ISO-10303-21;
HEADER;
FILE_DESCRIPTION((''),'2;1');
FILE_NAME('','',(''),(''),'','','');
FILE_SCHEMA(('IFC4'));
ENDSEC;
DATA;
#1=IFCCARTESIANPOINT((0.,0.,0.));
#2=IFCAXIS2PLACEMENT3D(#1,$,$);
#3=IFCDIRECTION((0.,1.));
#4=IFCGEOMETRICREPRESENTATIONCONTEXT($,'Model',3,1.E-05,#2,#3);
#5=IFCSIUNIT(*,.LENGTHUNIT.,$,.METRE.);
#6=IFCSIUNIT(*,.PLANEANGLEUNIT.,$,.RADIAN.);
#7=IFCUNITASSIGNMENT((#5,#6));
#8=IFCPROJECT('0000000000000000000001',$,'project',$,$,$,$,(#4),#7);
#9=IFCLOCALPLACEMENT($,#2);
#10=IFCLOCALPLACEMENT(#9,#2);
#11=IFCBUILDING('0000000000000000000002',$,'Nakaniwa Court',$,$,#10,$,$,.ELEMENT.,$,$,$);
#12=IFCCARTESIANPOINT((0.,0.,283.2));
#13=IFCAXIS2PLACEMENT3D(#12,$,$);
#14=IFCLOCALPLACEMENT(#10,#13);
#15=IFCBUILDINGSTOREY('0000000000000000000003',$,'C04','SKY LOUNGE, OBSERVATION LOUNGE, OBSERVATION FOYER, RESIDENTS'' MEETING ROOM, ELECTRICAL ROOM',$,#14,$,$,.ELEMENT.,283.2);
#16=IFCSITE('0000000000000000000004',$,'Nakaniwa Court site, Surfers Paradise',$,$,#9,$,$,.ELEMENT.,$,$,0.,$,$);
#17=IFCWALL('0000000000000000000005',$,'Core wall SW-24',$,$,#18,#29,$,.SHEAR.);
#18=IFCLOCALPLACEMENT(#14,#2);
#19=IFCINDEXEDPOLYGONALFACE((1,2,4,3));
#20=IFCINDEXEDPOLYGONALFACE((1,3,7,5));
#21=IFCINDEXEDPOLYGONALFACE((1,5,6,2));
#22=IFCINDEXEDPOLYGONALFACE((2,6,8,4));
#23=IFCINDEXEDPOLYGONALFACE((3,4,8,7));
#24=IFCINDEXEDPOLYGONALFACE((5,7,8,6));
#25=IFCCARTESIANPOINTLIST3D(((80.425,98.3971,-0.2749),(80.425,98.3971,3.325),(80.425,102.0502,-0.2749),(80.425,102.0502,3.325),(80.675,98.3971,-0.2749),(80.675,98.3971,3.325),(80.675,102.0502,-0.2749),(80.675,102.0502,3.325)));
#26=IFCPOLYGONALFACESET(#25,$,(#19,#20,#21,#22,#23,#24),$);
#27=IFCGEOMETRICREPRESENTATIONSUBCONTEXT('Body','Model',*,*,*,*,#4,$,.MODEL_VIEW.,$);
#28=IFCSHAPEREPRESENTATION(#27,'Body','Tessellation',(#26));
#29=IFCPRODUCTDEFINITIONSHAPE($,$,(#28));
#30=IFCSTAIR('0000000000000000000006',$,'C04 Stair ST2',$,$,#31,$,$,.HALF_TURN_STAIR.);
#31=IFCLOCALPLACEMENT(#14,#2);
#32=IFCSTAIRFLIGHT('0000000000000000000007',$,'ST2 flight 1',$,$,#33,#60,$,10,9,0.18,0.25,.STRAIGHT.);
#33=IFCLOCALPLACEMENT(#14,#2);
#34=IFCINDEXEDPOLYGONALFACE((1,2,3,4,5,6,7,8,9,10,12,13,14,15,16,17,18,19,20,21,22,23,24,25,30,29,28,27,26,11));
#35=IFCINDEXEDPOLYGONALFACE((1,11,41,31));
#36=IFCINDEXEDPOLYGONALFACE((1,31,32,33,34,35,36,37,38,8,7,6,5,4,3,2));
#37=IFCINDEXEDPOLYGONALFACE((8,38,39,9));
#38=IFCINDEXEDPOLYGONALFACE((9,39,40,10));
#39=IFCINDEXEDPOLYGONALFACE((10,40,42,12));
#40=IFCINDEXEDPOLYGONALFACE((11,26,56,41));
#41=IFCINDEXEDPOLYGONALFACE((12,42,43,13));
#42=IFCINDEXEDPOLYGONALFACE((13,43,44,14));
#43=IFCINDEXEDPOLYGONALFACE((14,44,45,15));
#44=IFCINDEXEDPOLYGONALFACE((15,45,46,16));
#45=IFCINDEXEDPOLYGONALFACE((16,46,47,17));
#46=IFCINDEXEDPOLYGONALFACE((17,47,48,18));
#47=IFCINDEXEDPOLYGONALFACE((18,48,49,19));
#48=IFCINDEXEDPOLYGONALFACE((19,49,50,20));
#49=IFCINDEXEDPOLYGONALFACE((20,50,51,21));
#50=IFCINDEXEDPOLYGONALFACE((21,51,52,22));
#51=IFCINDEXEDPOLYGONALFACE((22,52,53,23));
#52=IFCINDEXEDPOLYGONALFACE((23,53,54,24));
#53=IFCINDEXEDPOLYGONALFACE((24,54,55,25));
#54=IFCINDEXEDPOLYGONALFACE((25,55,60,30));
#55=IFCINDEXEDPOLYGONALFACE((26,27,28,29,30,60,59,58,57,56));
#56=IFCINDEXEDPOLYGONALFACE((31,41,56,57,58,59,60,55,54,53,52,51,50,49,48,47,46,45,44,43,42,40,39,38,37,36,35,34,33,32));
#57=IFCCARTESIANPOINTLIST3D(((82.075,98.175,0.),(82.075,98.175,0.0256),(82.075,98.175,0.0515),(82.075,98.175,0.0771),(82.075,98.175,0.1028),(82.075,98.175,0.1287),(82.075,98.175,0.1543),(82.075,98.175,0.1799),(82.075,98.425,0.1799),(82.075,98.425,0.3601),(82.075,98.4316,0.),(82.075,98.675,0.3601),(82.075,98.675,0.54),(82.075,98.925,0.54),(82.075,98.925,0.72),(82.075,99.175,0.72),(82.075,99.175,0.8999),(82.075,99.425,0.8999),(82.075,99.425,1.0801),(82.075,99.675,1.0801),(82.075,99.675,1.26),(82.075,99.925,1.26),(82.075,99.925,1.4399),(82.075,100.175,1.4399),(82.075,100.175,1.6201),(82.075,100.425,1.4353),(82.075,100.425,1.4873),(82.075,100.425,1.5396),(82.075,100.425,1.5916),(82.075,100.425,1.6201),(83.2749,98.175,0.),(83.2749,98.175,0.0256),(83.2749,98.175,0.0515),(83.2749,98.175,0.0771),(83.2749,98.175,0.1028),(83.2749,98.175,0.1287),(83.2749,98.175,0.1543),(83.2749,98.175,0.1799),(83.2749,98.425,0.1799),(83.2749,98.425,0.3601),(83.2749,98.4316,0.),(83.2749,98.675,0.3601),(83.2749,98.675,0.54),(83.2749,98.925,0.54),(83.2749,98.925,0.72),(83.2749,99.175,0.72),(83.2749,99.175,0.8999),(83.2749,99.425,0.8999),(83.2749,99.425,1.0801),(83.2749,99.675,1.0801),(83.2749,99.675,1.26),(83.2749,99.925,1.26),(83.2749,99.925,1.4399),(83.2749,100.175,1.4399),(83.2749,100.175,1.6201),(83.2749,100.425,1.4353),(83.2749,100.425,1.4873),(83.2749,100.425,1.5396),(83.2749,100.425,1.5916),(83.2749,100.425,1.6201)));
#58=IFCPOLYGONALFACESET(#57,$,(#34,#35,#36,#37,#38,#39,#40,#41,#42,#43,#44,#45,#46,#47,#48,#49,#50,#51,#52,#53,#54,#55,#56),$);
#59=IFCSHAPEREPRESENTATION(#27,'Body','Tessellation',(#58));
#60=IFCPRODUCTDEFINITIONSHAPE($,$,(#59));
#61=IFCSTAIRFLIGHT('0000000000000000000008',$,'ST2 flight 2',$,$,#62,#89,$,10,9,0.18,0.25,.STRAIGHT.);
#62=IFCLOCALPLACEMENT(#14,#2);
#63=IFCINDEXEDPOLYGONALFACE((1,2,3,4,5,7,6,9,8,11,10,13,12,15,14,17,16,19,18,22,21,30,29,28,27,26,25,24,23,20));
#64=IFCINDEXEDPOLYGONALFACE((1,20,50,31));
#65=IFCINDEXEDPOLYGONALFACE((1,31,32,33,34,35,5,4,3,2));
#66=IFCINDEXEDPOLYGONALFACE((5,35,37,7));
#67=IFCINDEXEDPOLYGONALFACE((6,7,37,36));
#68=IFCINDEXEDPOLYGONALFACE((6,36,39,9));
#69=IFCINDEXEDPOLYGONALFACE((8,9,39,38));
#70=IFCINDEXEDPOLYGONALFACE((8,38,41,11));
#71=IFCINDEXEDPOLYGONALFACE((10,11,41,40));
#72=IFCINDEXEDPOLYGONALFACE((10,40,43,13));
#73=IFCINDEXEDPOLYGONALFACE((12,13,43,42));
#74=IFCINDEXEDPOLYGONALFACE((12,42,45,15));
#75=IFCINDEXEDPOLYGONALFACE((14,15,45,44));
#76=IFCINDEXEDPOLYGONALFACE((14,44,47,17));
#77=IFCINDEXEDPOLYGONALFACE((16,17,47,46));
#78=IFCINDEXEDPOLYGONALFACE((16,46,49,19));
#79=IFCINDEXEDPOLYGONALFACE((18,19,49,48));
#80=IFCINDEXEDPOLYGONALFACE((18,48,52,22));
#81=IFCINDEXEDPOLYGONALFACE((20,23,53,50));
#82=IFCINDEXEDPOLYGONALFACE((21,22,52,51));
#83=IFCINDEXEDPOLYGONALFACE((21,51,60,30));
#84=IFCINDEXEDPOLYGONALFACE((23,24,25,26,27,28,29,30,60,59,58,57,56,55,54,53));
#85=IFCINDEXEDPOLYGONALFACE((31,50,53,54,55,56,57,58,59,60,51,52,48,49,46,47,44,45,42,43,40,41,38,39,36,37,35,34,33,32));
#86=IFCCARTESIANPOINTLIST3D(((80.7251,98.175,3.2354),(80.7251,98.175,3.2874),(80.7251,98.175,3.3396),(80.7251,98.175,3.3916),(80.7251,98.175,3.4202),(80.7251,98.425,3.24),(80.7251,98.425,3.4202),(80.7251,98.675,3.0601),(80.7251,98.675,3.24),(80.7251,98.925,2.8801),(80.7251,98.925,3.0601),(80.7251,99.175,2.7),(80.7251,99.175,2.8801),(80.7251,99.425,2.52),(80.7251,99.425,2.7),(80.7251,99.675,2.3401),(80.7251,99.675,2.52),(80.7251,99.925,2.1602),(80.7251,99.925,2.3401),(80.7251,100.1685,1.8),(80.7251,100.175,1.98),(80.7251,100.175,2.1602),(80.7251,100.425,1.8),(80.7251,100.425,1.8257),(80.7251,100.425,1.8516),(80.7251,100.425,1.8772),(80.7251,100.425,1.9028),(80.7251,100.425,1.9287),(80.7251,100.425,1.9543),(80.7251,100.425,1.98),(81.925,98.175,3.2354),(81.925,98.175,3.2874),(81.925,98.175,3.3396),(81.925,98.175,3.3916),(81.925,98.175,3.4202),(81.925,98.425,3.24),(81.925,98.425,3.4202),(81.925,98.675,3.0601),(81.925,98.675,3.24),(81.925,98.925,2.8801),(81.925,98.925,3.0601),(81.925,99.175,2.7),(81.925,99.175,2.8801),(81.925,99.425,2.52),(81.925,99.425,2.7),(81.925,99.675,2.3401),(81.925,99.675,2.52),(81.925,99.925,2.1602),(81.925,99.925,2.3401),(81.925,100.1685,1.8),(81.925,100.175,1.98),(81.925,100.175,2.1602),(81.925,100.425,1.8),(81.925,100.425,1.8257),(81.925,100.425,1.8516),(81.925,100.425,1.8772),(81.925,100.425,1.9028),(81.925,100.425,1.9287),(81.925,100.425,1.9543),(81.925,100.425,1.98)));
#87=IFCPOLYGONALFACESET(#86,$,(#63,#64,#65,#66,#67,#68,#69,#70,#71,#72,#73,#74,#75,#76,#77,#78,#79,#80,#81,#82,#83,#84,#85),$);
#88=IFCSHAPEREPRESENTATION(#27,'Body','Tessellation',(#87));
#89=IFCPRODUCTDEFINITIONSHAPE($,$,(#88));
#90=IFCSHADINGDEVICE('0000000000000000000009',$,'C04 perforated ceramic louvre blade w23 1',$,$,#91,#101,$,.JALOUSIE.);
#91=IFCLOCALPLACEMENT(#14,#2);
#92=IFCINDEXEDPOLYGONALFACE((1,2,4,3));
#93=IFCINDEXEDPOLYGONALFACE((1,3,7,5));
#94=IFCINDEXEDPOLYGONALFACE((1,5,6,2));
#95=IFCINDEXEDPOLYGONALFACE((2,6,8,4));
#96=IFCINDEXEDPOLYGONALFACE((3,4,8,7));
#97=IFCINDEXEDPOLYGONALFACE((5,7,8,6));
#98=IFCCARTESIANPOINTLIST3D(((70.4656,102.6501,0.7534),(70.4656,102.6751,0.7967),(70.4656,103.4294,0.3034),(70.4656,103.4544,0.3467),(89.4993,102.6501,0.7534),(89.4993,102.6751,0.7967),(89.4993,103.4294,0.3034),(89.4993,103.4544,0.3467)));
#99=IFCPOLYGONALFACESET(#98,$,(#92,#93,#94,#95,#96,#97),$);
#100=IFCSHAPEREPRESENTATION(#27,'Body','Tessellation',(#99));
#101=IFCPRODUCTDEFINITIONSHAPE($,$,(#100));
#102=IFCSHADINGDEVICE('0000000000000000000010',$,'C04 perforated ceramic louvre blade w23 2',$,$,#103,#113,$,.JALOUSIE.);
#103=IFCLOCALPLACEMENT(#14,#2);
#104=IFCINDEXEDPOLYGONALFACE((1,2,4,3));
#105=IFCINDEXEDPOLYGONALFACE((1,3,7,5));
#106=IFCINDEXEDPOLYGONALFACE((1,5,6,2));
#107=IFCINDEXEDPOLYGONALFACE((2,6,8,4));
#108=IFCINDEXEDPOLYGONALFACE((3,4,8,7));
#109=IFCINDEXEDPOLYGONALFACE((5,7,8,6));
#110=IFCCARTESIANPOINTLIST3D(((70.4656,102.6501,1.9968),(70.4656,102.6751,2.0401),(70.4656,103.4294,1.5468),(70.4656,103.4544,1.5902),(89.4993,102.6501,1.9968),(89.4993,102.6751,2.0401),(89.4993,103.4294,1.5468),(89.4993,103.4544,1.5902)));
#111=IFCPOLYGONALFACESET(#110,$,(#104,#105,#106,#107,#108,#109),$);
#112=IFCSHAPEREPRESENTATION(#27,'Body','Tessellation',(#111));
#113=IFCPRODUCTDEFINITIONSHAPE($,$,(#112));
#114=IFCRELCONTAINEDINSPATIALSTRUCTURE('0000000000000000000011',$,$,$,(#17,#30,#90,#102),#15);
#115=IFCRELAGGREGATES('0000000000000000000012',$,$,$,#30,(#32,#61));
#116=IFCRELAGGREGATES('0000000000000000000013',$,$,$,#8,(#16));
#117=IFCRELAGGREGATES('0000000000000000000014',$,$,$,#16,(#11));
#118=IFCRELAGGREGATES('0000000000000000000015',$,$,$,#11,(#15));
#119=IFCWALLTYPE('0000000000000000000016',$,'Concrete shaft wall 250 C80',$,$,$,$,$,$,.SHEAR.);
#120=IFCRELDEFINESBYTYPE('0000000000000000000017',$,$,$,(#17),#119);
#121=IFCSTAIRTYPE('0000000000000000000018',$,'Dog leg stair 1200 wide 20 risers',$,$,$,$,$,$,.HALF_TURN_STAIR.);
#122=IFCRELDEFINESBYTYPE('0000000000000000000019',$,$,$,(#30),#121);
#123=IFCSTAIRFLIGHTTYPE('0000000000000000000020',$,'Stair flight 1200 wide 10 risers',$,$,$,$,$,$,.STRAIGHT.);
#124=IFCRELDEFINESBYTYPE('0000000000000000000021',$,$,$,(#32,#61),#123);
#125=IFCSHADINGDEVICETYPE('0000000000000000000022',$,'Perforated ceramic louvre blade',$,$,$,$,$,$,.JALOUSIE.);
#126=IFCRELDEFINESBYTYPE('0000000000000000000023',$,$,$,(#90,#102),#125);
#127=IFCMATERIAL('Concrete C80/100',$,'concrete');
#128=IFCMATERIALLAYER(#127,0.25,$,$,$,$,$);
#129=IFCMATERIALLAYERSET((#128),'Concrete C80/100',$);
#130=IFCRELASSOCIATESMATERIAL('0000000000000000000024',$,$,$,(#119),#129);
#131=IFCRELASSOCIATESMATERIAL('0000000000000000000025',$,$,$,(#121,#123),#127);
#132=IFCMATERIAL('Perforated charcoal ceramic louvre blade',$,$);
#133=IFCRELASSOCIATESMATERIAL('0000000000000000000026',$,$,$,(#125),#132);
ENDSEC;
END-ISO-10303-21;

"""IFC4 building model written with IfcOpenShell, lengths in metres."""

from ifc_helpers import new_model, si_unit, direction, frame, frame_2d, origin, origin_2d, place, context, subcontext, project, spatial, polyline, rectangle, outline, extrude, material, layer, layer_set, material_profile, profile_set, type_object, element, aggregate, save


model = new_model("IFC4")

# Units and contexts
model_context = context("Model", 3, precision=1e-05, world=origin(), true_north=direction((0.0, 1.0)))
body_context = subcontext(model_context, "Body", "Model", "MODEL_VIEW")
ifc_project = project(units=[si_unit("LENGTHUNIT", "METRE"), si_unit("PLANEANGLEUNIT", "RADIAN")], contexts=[model_context])

# Site, building, storey
site_placement = place(None, origin())
site = spatial("IfcSite", under=ifc_project, at=site_placement, Name="Nakaniwa Court site, Surfers Paradise", CompositionType="ELEMENT", RefElevation=0.0)
building_placement = place(site_placement, origin())
building = spatial("IfcBuilding", under=site, at=building_placement, Name="Nakaniwa Court", CompositionType="ELEMENT")
storey_placement = place(building_placement, frame((0.0, 0.0, 283.2)))
storey = spatial("IfcBuildingStorey", under=building, at=storey_placement, Name="C04", Description="SKY LOUNGE, OBSERVATION LOUNGE, OBSERVATION FOYER, RESIDENTS' MEETING ROOM, ELECTRICAL ROOM", CompositionType="ELEMENT", Elevation=283.2)

# Shared definitions
ifc_material_1 = material(Name="Concrete C80/100", Category="concrete")

# Shared definitions
ifc_layer_1 = layer(ifc_material_1, 0.25)
ifc_layer_set_1 = layer_set([ifc_layer_1], Name="Concrete C80/100")
wall_type_1 = type_object("IfcWallType", Name="Concrete shaft wall 250 C80", PredefinedType="SHEAR", material=ifc_layer_set_1)

# Wall
wall_1_placement = place(storey_placement, frame((80.55, 98.397, -0.2749), z_axis=(0.0, 0.0, 1.0), x_axis=(0.0, 1.0, 0.0)))
element("IfcWall", 1, at=wall_1_placement, inside=storey, type_object=wall_type_1, Name="Core wall SW-24", PredefinedType="SHEAR", context=body_context, shape_type="SweptSolid", body=[
    extrude(rectangle(XDim=3.6531, YDim=0.25, at=frame_2d((1.8267, 0.0))), origin(), (0.0, 0.0, 1.0), 3.5999),
])

# Stair, stair flights
stair_type = type_object("IfcStairType", Name="Dog leg stair 1200 wide 20 risers", PredefinedType="HALF_TURN_STAIR", material=ifc_material_1)
stair_placement = place(storey_placement, origin())
stair = element("IfcStair", 2, at=stair_placement, inside=storey, type_object=stair_type, Name="C04 Stair ST2", PredefinedType="HALF_TURN_STAIR")
stair_flight_type = type_object("IfcStairFlightType", Name="Stair flight 1200 wide 10 risers", PredefinedType="STRAIGHT", material=ifc_material_1)
stair_flight_1_placement = place(storey_placement, frame((82.675, 98.175, 0.0), z_axis=(0.0, 0.0, 1.0), x_axis=(0.0, 1.0, 0.0)))
stair_flight_1 = element("IfcStairFlight", 3, at=stair_flight_1_placement, type_object=stair_flight_type, Name="ST2 flight 1", NumberOfRisers=10, NumberOfTreads=9, PredefinedType="STRAIGHT", RiserHeight=0.18, TreadLength=0.25, context=body_context, shape_type="SweptSolid", body=[
    extrude(outline(polyline([(0.0, 0.0), (0.0, 0.0256), (0.0, 0.0515), (0.0, 0.0771), (0.0, 0.1028), (0.0, 0.1287), (0.0, 0.1543), (0.0, 0.1799), (0.25, 0.1799), (0.25, 0.3601), (0.5, 0.3601), (0.5, 0.54), (0.75, 0.54), (0.75, 0.72), (1.0, 0.72), (1.0, 0.8999), (1.25, 0.8999), (1.25, 1.0801), (1.5, 1.0801), (1.5, 1.26), (1.75, 1.26), (1.75, 1.4399), (2.0, 1.4399), (2.0, 1.6201), (2.25, 1.6201), (2.25, 1.8), (2.25, 1.7478), (2.25, 1.6958), (2.25, 1.6438), (2.25, 1.5916), (2.25, 1.5396), (2.25, 1.4873), (2.25, 1.4353), (0.2566, 0.0), (0.0, 0.0)])), frame((0.0, 0.6001, 0.0), z_axis=(0.0, -1.0, 0.0), x_axis=(1.0, 0.0, 0.0)), (0.0, 0.0, 1.0), 1.2),
])
stair_flight_2_placement = place(storey_placement, frame((81.325, 100.425, 1.8), z_axis=(0.0, 0.0, 1.0), x_axis=(0.0, -1.0, 0.0)))
stair_flight_2 = element("IfcStairFlight", 4, at=stair_flight_2_placement, type_object=stair_flight_type, Name="ST2 flight 2", NumberOfRisers=10, NumberOfTreads=9, PredefinedType="STRAIGHT", RiserHeight=0.18, TreadLength=0.25, context=body_context, shape_type="SweptSolid", body=[
    extrude(outline(polyline([(0.0, 0.0), (0.0, 0.0256), (0.0, 0.0515), (0.0, 0.0771), (0.0, 0.1028), (0.0, 0.1287), (0.0, 0.1543), (0.0, 0.1799), (0.25, 0.1799), (0.25, 0.3601), (0.5, 0.3601), (0.5, 0.54), (0.75, 0.54), (0.75, 0.72), (1.0, 0.72), (1.0, 0.8999), (1.25, 0.8999), (1.25, 1.0801), (1.5, 1.0801), (1.5, 1.26), (1.75, 1.26), (1.75, 1.4399), (2.0, 1.4399), (2.0, 1.6201), (2.25, 1.6201), (2.25, 1.8), (2.25, 1.7478), (2.25, 1.6958), (2.25, 1.6438), (2.25, 1.5916), (2.25, 1.5396), (2.25, 1.4873), (2.25, 1.4353), (0.2566, 0.0), (0.0, 0.0)])), frame((0.0, 0.6001, 0.0), z_axis=(0.0, -1.0, 0.0), x_axis=(1.0, 0.0, 0.0)), (0.0, 0.0, 1.0), 1.2),
])
aggregate(stair, [stair_flight_1, stair_flight_2])

# Shading devices
ifc_material_2 = material(Name="Perforated charcoal ceramic louvre blade")
ifc_material_profile_1 = material_profile(ifc_material_2, rectangle(XDim=0.8999, YDim=0.05, at=origin_2d()), Name="Perforated ceramic louvre blade")
ifc_profile_set_1 = profile_set([ifc_material_profile_1], Name="Perforated charcoal ceramic louvre blade")
shading_device_type = type_object("IfcShadingDeviceType", Name="Perforated ceramic louvre blade", PredefinedType="JALOUSIE", material=ifc_profile_set_1)
for number, where, z_axis, x_axis, name in (
    (5, (89.4993, 103.0522, 0.55), (-1.0, 0.0, 0.0), (0.0, -0.866025, 0.5), "C04 perforated ceramic louvre blade w23 1"),
    (6, (89.4993, 103.0522, 1.7935), (-1.0, 0.0, 0.0), (0.0, -0.866025, 0.5), "C04 perforated ceramic louvre blade w23 2"),
):
    element("IfcShadingDevice", number, at=place(storey_placement, frame(where, z_axis=z_axis, x_axis=x_axis)), inside=storey, type_object=shading_device_type, Name=name, PredefinedType="JALOUSIE", context=body_context, shape_type="SweptSolid", body=[
        extrude(rectangle(XDim=0.8999, YDim=0.05, at=origin_2d()), origin(), (0.0, 0.0, 1.0), 19.0337),
    ])

save(model, "model.ifc")
